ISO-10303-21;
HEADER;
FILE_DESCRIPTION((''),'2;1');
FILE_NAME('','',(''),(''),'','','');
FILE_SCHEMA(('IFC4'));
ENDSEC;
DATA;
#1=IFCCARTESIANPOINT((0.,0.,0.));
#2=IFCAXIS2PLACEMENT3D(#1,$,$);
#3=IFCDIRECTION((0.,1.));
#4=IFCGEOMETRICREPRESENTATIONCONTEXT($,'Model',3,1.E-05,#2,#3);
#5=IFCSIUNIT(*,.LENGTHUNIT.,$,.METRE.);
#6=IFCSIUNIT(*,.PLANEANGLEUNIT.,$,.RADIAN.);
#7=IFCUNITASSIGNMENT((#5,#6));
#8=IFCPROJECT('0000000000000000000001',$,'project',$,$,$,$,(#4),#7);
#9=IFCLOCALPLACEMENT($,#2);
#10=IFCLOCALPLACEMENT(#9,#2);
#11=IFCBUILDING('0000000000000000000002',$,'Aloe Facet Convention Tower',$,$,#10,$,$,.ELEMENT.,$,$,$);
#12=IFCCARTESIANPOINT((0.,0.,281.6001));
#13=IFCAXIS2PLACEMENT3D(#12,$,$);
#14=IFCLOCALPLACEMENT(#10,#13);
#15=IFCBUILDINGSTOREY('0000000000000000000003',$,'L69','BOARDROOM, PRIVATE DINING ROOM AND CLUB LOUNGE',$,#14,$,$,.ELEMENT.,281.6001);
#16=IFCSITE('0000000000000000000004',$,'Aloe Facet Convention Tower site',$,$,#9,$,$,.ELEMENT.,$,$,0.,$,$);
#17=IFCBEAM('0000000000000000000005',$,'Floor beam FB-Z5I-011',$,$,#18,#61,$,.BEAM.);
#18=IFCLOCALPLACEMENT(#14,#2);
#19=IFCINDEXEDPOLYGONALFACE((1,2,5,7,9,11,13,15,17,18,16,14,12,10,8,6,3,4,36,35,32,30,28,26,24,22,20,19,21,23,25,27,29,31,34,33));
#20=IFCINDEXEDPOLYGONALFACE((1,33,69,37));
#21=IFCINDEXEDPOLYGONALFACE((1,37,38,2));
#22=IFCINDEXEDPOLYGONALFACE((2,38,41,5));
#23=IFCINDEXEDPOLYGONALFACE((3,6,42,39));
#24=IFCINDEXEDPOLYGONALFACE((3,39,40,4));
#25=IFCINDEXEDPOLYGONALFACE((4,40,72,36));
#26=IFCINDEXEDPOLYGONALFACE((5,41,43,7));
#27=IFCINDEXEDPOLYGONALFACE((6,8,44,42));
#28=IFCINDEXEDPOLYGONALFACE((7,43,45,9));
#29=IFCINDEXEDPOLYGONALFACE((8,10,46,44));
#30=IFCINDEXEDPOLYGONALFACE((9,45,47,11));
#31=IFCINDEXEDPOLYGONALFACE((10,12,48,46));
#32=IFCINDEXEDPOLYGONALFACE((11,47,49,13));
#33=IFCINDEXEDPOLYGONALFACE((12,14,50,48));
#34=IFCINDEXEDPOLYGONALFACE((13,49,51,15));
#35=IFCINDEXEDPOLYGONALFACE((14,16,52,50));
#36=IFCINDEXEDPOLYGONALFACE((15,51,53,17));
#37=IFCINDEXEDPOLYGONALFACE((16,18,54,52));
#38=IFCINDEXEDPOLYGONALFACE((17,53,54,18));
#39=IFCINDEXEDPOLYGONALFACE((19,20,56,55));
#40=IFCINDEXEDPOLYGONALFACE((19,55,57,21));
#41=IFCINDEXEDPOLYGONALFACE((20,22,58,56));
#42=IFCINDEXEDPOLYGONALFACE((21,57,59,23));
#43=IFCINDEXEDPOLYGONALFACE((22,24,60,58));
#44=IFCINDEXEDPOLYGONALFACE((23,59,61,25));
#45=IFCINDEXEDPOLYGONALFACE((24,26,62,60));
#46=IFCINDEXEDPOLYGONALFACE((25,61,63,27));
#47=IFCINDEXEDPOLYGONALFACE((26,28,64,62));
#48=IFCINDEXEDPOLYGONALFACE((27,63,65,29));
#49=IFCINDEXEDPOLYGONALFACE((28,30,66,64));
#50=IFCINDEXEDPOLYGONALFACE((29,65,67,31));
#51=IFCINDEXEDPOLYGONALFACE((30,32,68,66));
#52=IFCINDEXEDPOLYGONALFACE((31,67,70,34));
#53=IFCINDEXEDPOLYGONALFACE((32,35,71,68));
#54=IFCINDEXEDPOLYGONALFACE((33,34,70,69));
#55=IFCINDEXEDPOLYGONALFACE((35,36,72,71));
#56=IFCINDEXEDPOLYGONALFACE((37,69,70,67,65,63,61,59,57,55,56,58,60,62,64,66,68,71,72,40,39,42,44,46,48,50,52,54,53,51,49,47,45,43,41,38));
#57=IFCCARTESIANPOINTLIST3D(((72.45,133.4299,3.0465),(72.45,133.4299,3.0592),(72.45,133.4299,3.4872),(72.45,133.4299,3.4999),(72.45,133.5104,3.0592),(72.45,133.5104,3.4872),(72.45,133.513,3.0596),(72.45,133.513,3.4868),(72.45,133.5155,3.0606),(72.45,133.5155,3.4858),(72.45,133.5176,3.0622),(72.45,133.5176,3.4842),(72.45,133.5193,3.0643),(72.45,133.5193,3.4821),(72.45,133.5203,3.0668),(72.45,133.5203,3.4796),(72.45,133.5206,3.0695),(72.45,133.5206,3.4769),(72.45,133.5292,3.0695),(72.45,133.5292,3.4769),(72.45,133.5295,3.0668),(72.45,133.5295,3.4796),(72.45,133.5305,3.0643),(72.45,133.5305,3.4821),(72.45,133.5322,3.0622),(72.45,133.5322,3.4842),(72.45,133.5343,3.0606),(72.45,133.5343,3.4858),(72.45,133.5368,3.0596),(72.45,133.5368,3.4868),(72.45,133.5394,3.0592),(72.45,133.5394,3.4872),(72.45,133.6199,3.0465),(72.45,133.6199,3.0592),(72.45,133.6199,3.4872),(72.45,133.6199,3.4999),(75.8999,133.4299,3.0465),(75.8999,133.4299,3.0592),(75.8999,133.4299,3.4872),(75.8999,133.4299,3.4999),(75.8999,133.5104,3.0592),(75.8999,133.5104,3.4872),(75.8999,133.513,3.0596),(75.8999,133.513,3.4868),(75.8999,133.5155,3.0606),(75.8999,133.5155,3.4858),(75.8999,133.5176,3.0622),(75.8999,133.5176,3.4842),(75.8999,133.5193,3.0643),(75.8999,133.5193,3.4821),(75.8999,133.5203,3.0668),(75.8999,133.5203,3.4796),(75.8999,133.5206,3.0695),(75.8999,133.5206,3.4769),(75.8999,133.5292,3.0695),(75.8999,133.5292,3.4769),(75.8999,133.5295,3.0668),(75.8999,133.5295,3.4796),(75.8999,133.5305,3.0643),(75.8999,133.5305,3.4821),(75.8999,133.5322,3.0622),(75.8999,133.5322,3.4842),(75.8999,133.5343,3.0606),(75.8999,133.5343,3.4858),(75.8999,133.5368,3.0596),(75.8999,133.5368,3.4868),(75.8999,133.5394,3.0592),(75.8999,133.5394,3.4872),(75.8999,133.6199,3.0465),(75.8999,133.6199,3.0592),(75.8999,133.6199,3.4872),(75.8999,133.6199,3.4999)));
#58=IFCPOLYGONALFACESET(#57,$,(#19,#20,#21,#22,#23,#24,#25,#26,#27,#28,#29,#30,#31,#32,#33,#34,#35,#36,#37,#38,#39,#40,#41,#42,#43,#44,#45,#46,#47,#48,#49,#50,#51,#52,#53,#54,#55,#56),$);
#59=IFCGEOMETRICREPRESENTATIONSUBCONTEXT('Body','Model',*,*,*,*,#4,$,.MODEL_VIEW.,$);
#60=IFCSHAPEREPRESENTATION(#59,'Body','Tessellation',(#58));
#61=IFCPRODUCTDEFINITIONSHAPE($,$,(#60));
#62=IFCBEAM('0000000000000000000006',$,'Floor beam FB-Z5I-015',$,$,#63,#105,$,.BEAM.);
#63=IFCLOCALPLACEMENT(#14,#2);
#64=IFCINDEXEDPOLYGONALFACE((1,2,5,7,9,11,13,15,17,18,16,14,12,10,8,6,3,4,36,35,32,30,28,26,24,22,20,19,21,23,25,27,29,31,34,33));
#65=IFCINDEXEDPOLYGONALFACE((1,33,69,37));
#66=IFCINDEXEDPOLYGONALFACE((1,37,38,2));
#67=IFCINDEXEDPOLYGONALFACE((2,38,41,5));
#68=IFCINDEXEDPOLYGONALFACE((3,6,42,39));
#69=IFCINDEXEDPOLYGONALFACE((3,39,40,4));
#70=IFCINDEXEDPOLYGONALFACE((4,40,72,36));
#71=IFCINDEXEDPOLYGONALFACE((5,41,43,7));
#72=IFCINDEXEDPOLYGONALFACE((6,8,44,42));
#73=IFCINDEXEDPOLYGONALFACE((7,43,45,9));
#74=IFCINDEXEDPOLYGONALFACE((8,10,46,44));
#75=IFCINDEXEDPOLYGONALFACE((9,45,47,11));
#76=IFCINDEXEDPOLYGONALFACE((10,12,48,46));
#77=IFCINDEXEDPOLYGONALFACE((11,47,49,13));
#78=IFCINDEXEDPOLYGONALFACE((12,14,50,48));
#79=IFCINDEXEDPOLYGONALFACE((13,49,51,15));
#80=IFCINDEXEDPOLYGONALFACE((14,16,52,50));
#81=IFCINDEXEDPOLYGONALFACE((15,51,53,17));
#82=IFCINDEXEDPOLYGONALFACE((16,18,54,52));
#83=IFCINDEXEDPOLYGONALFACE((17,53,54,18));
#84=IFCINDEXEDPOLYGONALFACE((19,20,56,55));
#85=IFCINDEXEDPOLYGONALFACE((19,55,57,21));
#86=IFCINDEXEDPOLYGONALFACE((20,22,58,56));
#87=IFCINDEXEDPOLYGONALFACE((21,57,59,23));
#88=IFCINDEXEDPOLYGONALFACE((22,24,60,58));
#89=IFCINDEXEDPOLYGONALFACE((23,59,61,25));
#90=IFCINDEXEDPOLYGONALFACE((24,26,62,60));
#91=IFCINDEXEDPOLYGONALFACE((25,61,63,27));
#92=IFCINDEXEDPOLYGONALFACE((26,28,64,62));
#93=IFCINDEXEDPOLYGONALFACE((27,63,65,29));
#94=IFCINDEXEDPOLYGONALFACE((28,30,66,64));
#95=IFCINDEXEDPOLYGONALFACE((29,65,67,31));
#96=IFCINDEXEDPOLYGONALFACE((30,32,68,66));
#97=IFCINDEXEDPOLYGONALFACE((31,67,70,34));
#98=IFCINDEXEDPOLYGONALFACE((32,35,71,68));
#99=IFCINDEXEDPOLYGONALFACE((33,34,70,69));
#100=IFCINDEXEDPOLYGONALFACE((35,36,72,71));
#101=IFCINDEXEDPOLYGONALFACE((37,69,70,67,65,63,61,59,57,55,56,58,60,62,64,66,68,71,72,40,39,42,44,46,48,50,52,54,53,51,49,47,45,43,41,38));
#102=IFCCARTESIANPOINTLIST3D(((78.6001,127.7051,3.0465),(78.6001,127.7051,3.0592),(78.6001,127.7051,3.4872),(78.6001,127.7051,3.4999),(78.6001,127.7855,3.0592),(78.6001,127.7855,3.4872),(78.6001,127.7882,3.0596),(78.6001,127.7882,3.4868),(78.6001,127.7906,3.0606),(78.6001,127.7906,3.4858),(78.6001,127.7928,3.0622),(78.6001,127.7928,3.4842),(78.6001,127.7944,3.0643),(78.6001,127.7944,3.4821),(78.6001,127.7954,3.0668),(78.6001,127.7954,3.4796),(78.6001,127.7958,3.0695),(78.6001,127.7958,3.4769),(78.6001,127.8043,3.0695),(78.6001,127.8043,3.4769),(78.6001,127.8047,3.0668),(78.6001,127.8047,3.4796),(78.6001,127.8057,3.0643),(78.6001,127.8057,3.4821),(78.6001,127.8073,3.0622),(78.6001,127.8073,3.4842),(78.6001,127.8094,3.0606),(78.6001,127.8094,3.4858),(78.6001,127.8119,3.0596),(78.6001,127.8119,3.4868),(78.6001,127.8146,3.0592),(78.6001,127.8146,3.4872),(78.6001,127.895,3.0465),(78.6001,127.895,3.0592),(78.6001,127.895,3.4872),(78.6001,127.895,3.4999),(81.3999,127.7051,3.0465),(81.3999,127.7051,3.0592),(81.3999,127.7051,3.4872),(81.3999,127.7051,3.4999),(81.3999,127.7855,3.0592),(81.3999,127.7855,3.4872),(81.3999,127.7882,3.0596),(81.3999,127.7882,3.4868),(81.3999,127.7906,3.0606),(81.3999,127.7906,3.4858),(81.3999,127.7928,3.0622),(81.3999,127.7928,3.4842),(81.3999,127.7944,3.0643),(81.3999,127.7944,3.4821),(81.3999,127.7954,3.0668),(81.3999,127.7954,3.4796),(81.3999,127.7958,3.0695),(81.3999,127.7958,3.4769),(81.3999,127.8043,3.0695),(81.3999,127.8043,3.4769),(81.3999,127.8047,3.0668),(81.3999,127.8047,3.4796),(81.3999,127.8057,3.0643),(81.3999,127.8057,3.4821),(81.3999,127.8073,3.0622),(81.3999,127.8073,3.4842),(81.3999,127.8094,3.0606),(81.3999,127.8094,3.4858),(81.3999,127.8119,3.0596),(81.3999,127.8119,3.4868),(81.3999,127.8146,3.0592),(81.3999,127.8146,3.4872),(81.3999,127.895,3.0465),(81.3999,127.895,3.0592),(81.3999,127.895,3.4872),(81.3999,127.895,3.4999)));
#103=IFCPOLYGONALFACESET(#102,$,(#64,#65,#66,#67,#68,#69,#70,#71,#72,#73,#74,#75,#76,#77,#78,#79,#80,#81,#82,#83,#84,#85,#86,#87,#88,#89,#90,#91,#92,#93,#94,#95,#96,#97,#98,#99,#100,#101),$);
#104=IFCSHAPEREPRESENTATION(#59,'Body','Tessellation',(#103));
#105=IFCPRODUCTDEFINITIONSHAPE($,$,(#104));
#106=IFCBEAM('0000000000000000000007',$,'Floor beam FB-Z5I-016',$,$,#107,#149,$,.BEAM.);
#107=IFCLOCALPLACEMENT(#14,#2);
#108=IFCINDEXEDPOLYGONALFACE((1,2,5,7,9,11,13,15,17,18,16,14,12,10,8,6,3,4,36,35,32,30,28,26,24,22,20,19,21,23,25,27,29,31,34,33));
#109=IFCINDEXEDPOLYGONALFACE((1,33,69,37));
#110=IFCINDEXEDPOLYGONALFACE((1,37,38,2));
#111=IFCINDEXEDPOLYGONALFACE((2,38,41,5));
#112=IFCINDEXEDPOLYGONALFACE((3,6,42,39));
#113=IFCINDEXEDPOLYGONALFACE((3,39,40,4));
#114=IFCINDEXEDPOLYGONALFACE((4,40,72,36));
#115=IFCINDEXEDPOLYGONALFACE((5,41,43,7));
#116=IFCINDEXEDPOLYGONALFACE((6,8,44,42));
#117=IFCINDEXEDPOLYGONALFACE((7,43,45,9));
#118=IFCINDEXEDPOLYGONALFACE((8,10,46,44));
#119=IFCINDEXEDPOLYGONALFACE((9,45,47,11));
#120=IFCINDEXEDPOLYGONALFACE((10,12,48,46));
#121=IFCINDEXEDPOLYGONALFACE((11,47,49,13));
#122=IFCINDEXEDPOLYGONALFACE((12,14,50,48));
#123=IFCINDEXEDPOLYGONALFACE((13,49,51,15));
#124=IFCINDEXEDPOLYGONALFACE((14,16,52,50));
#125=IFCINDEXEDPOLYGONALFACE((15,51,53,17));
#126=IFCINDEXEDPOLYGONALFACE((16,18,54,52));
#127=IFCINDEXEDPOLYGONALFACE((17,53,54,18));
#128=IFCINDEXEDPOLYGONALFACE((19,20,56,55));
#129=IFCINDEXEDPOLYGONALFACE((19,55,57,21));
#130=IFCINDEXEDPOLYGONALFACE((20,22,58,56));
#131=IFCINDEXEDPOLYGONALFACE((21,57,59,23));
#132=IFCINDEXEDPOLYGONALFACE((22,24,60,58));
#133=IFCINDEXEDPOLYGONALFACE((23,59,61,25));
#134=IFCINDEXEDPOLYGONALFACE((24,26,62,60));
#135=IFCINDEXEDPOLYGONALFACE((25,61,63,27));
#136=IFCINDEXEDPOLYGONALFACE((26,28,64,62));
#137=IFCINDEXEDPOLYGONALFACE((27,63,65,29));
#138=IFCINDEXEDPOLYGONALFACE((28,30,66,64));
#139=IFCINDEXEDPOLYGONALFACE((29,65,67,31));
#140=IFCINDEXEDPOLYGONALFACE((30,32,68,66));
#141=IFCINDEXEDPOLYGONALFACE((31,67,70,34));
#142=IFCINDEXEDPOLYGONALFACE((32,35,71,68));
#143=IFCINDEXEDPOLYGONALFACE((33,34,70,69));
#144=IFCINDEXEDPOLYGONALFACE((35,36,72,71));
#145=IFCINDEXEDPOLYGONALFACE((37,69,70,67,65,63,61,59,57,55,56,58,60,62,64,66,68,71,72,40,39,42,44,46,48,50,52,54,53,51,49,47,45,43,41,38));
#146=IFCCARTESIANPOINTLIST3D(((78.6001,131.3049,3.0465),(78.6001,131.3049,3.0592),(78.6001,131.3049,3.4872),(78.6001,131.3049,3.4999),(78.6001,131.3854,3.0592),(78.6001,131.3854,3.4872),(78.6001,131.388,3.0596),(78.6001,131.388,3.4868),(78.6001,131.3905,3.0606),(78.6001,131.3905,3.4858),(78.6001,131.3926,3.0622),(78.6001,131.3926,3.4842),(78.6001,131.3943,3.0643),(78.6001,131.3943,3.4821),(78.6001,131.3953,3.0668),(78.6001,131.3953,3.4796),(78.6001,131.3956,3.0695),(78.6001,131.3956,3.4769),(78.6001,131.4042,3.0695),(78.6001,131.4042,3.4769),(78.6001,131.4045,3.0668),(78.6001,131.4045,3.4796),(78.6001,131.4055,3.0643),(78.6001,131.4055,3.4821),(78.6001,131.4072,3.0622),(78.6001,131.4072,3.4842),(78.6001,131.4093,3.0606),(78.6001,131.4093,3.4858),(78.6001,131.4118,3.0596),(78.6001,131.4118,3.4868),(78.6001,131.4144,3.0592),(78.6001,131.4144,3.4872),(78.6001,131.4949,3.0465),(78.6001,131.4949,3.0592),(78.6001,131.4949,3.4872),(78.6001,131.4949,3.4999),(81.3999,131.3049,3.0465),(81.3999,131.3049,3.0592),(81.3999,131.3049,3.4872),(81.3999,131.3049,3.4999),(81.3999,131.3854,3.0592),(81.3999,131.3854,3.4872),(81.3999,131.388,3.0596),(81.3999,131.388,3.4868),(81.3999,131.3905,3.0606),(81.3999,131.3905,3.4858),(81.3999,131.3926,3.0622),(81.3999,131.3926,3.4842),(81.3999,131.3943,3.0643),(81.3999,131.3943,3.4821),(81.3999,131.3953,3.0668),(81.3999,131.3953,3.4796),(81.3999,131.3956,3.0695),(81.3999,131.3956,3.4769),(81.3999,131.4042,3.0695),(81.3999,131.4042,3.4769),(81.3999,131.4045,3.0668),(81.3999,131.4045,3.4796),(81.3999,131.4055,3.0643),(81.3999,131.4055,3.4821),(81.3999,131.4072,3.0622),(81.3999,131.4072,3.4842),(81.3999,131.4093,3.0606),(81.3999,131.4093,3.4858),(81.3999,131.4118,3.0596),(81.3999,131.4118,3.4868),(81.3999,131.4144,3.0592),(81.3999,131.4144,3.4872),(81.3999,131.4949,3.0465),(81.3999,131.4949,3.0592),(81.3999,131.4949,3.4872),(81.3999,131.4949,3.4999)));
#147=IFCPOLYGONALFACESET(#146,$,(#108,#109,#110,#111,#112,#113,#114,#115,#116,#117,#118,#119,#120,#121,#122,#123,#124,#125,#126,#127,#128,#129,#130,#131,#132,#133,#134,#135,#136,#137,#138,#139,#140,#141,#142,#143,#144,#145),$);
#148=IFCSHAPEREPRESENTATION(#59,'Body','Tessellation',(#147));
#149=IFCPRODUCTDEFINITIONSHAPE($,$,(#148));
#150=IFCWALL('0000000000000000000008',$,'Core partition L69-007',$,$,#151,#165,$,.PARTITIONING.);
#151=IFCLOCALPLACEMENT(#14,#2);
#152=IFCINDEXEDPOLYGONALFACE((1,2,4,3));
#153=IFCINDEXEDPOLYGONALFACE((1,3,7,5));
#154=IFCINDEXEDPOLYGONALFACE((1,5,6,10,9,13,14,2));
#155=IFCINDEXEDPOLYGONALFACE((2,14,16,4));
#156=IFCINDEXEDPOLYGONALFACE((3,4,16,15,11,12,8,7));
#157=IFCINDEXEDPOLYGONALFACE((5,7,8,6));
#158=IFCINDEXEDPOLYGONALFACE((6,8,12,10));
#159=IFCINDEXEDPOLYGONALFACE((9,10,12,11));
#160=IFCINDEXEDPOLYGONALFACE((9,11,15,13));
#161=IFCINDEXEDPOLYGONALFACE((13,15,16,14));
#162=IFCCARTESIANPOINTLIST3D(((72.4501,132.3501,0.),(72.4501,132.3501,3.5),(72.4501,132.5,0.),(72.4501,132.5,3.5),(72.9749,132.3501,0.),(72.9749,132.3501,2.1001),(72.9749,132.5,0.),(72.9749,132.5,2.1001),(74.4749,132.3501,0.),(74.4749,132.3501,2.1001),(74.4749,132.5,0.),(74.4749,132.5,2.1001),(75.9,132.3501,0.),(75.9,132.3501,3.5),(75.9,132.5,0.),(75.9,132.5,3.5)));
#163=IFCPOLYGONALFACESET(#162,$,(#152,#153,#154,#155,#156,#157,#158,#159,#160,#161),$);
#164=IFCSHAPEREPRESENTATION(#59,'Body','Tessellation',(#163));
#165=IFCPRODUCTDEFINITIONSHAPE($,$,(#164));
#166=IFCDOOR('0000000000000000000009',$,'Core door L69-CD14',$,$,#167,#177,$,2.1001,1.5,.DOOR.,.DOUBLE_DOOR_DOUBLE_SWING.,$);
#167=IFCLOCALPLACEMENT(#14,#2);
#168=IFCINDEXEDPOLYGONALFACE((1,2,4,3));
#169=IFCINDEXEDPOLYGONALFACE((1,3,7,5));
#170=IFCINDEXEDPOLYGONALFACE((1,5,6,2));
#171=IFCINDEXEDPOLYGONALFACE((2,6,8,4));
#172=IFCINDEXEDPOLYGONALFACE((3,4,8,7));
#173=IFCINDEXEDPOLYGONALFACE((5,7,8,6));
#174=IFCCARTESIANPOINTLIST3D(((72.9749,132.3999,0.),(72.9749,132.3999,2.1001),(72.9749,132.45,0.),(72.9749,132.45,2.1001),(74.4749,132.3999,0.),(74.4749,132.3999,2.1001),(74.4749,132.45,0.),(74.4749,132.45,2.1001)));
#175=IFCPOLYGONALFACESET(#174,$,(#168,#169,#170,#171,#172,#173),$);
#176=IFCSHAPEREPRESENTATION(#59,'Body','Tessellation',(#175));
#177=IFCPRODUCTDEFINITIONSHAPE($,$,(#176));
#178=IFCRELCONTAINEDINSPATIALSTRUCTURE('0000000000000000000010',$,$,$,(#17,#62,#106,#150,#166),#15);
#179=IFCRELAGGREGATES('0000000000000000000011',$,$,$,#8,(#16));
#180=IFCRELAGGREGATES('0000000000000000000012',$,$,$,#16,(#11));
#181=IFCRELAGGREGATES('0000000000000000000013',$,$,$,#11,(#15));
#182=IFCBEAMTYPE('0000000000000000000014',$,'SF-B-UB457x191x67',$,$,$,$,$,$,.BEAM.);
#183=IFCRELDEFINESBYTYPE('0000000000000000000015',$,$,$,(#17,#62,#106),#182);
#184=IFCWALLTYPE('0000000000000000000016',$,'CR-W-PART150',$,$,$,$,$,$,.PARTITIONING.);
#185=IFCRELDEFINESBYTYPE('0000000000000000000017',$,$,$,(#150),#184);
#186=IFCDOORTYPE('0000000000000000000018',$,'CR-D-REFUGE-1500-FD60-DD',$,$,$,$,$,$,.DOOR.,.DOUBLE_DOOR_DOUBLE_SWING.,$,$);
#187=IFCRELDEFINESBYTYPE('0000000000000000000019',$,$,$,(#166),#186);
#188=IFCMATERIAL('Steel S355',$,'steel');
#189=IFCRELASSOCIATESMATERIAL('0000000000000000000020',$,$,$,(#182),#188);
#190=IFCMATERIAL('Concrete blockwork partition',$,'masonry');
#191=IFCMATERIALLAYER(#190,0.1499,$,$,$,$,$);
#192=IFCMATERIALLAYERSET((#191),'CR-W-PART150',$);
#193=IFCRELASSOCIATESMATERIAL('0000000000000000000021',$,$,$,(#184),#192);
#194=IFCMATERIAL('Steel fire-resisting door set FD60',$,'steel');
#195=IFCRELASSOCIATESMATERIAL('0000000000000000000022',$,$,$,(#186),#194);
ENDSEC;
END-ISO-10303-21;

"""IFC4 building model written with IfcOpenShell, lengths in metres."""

from ifc_helpers import new_model, si_unit, direction, frame, frame_2d, origin, origin_2d, place, context, subcontext, project, spatial, rectangle, i_section, extrude, material, layer, layer_set, material_profile, profile_set, type_object, element, fill, save


model = new_model("IFC4")

# Units and contexts
model_context = context("Model", 3, precision=1e-05, world=origin(), true_north=direction((0.0, 1.0)))
body_context = subcontext(model_context, "Body", "Model", "MODEL_VIEW")
ifc_project = project(units=[si_unit("LENGTHUNIT", "METRE"), si_unit("PLANEANGLEUNIT", "RADIAN")], contexts=[model_context])

# Site, building, storey
site_placement = place(None, origin())
site = spatial("IfcSite", under=ifc_project, at=site_placement, Name="Aloe Facet Convention Tower site", CompositionType="ELEMENT", RefElevation=0.0)
building_placement = place(site_placement, origin())
building = spatial("IfcBuilding", under=site, at=building_placement, Name="Aloe Facet Convention Tower", CompositionType="ELEMENT")
storey_placement = place(building_placement, frame((0.0, 0.0, 281.6001)))
storey = spatial("IfcBuildingStorey", under=building, at=storey_placement, Name="L69", Description="BOARDROOM, PRIVATE DINING ROOM AND CLUB LOUNGE", CompositionType="ELEMENT", Elevation=281.6001)

# Beams
ifc_material_1 = material(Name="Steel S355", Category="steel")
ifc_material_profile = material_profile(ifc_material_1, i_section(OverallWidth=0.1899, OverallDepth=0.4534, WebThickness=0.0085, FlangeThickness=0.0127, FilletRadius=0.0103, at=origin_2d()), Name="UB 457x191x67")
ifc_profile_set = profile_set([ifc_material_profile], Name="Steel S355")
beam_type = type_object("IfcBeamType", Name="SF-B-UB457x191x67", PredefinedType="BEAM", material=ifc_profile_set)
beam_placement = place(storey_placement, frame((72.45, 133.5249, 3.2732), z_axis=(1.0, 0.0, 0.0), x_axis=(0.0, 1.0, 0.0)))
element("IfcBeam", 1, at=beam_placement, inside=storey, type_object=beam_type, Name="Floor beam FB-Z5I-011", PredefinedType="BEAM", context=body_context, shape_type="SweptSolid", body=[
    extrude(i_section(OverallWidth=0.1899, OverallDepth=0.4534, WebThickness=0.0085, FlangeThickness=0.0127, FilletRadius=0.0103, at=origin_2d()), origin(), (0.0, 0.0, 1.0), 3.45),
])
for number, where, z_axis, x_axis, name in (
    (2, (78.6001, 127.8, 3.2732), (1.0, 0.0, 0.0), (0.0, 1.0, 0.0), "Floor beam FB-Z5I-015"),
    (3, (78.6001, 131.3999, 3.2732), (1.0, 0.0, 0.0), (0.0, 1.0, 0.0), "Floor beam FB-Z5I-016"),
):
    element("IfcBeam", number, at=place(storey_placement, frame(where, z_axis=z_axis, x_axis=x_axis)), inside=storey, type_object=beam_type, Name=name, PredefinedType="BEAM", context=body_context, shape_type="SweptSolid", body=[
        extrude(i_section(OverallWidth=0.1899, OverallDepth=0.4534, WebThickness=0.0085, FlangeThickness=0.0127, FilletRadius=0.0103, at=origin_2d()), origin(), (0.0, 0.0, 1.0), 2.7998),
    ])

# Wall, opening, door
ifc_material_2 = material(Name="Concrete blockwork partition", Category="masonry")
ifc_layer_1 = layer(ifc_material_2, 0.1499)
ifc_layer_set_1 = layer_set([ifc_layer_1], Name="CR-W-PART150")
wall_type_1 = type_object("IfcWallType", Name="CR-W-PART150", PredefinedType="PARTITIONING", material=ifc_layer_set_1)
wall_1_placement = place(storey_placement, frame((72.45, 132.425, 0.0), z_axis=(0.0, 0.0, 1.0), x_axis=(1.0, 0.0, 0.0)))
wall_1 = element("IfcWall", 4, at=wall_1_placement, inside=storey, type_object=wall_type_1, Name="Core partition L69-007", PredefinedType="PARTITIONING", context=body_context, shape_type="SweptSolid", body=[
    extrude(rectangle(XDim=3.45, YDim=0.1499, at=frame_2d((1.7251, 0.0))), origin(), (0.0, 0.0, 1.0), 3.5),
])
opening_1_placement = place(wall_1_placement, frame((0.5249, 0.0, 0.0)))
opening_1 = element("IfcOpeningElement", 5, at=opening_1_placement, cuts=wall_1, PredefinedType="OPENING", context=body_context, shape_type="SweptSolid", body=[
    extrude(rectangle(XDim=1.5, YDim=2.1001, at=frame_2d((0.75, 1.05))), frame((0.0, 0.085, 0.0), z_axis=(0.0, -1.0, 0.0), x_axis=(1.0, 0.0, 0.0)), (0.0, 0.0, 1.0), 0.1699),
])
ifc_material_3 = material(Name="Steel fire-resisting door set FD60", Category="steel")
door_type_1 = type_object("IfcDoorType", Name="CR-D-REFUGE-1500-FD60-DD", OperationType="DOUBLE_DOOR_DOUBLE_SWING", PredefinedType="DOOR", material=ifc_material_3)
door_1_placement = place(opening_1_placement, origin())
door_1 = element("IfcDoor", 6, at=door_1_placement, inside=storey, type_object=door_type_1, Name="Core door L69-CD14", OperationType="DOUBLE_DOOR_DOUBLE_SWING", OverallHeight=2.1001, OverallWidth=1.5, PredefinedType="DOOR", context=body_context, shape_type="SweptSolid", body=[
    extrude(rectangle(XDim=1.5, YDim=2.1001, at=frame_2d((0.75, 1.05))), frame((0.0, 0.0249, 0.0), z_axis=(0.0, -1.0, 0.0), x_axis=(1.0, 0.0, 0.0)), (0.0, 0.0, 1.0), 0.05),
])
fill(opening_1, door_1)

save(model, "model.ifc")
